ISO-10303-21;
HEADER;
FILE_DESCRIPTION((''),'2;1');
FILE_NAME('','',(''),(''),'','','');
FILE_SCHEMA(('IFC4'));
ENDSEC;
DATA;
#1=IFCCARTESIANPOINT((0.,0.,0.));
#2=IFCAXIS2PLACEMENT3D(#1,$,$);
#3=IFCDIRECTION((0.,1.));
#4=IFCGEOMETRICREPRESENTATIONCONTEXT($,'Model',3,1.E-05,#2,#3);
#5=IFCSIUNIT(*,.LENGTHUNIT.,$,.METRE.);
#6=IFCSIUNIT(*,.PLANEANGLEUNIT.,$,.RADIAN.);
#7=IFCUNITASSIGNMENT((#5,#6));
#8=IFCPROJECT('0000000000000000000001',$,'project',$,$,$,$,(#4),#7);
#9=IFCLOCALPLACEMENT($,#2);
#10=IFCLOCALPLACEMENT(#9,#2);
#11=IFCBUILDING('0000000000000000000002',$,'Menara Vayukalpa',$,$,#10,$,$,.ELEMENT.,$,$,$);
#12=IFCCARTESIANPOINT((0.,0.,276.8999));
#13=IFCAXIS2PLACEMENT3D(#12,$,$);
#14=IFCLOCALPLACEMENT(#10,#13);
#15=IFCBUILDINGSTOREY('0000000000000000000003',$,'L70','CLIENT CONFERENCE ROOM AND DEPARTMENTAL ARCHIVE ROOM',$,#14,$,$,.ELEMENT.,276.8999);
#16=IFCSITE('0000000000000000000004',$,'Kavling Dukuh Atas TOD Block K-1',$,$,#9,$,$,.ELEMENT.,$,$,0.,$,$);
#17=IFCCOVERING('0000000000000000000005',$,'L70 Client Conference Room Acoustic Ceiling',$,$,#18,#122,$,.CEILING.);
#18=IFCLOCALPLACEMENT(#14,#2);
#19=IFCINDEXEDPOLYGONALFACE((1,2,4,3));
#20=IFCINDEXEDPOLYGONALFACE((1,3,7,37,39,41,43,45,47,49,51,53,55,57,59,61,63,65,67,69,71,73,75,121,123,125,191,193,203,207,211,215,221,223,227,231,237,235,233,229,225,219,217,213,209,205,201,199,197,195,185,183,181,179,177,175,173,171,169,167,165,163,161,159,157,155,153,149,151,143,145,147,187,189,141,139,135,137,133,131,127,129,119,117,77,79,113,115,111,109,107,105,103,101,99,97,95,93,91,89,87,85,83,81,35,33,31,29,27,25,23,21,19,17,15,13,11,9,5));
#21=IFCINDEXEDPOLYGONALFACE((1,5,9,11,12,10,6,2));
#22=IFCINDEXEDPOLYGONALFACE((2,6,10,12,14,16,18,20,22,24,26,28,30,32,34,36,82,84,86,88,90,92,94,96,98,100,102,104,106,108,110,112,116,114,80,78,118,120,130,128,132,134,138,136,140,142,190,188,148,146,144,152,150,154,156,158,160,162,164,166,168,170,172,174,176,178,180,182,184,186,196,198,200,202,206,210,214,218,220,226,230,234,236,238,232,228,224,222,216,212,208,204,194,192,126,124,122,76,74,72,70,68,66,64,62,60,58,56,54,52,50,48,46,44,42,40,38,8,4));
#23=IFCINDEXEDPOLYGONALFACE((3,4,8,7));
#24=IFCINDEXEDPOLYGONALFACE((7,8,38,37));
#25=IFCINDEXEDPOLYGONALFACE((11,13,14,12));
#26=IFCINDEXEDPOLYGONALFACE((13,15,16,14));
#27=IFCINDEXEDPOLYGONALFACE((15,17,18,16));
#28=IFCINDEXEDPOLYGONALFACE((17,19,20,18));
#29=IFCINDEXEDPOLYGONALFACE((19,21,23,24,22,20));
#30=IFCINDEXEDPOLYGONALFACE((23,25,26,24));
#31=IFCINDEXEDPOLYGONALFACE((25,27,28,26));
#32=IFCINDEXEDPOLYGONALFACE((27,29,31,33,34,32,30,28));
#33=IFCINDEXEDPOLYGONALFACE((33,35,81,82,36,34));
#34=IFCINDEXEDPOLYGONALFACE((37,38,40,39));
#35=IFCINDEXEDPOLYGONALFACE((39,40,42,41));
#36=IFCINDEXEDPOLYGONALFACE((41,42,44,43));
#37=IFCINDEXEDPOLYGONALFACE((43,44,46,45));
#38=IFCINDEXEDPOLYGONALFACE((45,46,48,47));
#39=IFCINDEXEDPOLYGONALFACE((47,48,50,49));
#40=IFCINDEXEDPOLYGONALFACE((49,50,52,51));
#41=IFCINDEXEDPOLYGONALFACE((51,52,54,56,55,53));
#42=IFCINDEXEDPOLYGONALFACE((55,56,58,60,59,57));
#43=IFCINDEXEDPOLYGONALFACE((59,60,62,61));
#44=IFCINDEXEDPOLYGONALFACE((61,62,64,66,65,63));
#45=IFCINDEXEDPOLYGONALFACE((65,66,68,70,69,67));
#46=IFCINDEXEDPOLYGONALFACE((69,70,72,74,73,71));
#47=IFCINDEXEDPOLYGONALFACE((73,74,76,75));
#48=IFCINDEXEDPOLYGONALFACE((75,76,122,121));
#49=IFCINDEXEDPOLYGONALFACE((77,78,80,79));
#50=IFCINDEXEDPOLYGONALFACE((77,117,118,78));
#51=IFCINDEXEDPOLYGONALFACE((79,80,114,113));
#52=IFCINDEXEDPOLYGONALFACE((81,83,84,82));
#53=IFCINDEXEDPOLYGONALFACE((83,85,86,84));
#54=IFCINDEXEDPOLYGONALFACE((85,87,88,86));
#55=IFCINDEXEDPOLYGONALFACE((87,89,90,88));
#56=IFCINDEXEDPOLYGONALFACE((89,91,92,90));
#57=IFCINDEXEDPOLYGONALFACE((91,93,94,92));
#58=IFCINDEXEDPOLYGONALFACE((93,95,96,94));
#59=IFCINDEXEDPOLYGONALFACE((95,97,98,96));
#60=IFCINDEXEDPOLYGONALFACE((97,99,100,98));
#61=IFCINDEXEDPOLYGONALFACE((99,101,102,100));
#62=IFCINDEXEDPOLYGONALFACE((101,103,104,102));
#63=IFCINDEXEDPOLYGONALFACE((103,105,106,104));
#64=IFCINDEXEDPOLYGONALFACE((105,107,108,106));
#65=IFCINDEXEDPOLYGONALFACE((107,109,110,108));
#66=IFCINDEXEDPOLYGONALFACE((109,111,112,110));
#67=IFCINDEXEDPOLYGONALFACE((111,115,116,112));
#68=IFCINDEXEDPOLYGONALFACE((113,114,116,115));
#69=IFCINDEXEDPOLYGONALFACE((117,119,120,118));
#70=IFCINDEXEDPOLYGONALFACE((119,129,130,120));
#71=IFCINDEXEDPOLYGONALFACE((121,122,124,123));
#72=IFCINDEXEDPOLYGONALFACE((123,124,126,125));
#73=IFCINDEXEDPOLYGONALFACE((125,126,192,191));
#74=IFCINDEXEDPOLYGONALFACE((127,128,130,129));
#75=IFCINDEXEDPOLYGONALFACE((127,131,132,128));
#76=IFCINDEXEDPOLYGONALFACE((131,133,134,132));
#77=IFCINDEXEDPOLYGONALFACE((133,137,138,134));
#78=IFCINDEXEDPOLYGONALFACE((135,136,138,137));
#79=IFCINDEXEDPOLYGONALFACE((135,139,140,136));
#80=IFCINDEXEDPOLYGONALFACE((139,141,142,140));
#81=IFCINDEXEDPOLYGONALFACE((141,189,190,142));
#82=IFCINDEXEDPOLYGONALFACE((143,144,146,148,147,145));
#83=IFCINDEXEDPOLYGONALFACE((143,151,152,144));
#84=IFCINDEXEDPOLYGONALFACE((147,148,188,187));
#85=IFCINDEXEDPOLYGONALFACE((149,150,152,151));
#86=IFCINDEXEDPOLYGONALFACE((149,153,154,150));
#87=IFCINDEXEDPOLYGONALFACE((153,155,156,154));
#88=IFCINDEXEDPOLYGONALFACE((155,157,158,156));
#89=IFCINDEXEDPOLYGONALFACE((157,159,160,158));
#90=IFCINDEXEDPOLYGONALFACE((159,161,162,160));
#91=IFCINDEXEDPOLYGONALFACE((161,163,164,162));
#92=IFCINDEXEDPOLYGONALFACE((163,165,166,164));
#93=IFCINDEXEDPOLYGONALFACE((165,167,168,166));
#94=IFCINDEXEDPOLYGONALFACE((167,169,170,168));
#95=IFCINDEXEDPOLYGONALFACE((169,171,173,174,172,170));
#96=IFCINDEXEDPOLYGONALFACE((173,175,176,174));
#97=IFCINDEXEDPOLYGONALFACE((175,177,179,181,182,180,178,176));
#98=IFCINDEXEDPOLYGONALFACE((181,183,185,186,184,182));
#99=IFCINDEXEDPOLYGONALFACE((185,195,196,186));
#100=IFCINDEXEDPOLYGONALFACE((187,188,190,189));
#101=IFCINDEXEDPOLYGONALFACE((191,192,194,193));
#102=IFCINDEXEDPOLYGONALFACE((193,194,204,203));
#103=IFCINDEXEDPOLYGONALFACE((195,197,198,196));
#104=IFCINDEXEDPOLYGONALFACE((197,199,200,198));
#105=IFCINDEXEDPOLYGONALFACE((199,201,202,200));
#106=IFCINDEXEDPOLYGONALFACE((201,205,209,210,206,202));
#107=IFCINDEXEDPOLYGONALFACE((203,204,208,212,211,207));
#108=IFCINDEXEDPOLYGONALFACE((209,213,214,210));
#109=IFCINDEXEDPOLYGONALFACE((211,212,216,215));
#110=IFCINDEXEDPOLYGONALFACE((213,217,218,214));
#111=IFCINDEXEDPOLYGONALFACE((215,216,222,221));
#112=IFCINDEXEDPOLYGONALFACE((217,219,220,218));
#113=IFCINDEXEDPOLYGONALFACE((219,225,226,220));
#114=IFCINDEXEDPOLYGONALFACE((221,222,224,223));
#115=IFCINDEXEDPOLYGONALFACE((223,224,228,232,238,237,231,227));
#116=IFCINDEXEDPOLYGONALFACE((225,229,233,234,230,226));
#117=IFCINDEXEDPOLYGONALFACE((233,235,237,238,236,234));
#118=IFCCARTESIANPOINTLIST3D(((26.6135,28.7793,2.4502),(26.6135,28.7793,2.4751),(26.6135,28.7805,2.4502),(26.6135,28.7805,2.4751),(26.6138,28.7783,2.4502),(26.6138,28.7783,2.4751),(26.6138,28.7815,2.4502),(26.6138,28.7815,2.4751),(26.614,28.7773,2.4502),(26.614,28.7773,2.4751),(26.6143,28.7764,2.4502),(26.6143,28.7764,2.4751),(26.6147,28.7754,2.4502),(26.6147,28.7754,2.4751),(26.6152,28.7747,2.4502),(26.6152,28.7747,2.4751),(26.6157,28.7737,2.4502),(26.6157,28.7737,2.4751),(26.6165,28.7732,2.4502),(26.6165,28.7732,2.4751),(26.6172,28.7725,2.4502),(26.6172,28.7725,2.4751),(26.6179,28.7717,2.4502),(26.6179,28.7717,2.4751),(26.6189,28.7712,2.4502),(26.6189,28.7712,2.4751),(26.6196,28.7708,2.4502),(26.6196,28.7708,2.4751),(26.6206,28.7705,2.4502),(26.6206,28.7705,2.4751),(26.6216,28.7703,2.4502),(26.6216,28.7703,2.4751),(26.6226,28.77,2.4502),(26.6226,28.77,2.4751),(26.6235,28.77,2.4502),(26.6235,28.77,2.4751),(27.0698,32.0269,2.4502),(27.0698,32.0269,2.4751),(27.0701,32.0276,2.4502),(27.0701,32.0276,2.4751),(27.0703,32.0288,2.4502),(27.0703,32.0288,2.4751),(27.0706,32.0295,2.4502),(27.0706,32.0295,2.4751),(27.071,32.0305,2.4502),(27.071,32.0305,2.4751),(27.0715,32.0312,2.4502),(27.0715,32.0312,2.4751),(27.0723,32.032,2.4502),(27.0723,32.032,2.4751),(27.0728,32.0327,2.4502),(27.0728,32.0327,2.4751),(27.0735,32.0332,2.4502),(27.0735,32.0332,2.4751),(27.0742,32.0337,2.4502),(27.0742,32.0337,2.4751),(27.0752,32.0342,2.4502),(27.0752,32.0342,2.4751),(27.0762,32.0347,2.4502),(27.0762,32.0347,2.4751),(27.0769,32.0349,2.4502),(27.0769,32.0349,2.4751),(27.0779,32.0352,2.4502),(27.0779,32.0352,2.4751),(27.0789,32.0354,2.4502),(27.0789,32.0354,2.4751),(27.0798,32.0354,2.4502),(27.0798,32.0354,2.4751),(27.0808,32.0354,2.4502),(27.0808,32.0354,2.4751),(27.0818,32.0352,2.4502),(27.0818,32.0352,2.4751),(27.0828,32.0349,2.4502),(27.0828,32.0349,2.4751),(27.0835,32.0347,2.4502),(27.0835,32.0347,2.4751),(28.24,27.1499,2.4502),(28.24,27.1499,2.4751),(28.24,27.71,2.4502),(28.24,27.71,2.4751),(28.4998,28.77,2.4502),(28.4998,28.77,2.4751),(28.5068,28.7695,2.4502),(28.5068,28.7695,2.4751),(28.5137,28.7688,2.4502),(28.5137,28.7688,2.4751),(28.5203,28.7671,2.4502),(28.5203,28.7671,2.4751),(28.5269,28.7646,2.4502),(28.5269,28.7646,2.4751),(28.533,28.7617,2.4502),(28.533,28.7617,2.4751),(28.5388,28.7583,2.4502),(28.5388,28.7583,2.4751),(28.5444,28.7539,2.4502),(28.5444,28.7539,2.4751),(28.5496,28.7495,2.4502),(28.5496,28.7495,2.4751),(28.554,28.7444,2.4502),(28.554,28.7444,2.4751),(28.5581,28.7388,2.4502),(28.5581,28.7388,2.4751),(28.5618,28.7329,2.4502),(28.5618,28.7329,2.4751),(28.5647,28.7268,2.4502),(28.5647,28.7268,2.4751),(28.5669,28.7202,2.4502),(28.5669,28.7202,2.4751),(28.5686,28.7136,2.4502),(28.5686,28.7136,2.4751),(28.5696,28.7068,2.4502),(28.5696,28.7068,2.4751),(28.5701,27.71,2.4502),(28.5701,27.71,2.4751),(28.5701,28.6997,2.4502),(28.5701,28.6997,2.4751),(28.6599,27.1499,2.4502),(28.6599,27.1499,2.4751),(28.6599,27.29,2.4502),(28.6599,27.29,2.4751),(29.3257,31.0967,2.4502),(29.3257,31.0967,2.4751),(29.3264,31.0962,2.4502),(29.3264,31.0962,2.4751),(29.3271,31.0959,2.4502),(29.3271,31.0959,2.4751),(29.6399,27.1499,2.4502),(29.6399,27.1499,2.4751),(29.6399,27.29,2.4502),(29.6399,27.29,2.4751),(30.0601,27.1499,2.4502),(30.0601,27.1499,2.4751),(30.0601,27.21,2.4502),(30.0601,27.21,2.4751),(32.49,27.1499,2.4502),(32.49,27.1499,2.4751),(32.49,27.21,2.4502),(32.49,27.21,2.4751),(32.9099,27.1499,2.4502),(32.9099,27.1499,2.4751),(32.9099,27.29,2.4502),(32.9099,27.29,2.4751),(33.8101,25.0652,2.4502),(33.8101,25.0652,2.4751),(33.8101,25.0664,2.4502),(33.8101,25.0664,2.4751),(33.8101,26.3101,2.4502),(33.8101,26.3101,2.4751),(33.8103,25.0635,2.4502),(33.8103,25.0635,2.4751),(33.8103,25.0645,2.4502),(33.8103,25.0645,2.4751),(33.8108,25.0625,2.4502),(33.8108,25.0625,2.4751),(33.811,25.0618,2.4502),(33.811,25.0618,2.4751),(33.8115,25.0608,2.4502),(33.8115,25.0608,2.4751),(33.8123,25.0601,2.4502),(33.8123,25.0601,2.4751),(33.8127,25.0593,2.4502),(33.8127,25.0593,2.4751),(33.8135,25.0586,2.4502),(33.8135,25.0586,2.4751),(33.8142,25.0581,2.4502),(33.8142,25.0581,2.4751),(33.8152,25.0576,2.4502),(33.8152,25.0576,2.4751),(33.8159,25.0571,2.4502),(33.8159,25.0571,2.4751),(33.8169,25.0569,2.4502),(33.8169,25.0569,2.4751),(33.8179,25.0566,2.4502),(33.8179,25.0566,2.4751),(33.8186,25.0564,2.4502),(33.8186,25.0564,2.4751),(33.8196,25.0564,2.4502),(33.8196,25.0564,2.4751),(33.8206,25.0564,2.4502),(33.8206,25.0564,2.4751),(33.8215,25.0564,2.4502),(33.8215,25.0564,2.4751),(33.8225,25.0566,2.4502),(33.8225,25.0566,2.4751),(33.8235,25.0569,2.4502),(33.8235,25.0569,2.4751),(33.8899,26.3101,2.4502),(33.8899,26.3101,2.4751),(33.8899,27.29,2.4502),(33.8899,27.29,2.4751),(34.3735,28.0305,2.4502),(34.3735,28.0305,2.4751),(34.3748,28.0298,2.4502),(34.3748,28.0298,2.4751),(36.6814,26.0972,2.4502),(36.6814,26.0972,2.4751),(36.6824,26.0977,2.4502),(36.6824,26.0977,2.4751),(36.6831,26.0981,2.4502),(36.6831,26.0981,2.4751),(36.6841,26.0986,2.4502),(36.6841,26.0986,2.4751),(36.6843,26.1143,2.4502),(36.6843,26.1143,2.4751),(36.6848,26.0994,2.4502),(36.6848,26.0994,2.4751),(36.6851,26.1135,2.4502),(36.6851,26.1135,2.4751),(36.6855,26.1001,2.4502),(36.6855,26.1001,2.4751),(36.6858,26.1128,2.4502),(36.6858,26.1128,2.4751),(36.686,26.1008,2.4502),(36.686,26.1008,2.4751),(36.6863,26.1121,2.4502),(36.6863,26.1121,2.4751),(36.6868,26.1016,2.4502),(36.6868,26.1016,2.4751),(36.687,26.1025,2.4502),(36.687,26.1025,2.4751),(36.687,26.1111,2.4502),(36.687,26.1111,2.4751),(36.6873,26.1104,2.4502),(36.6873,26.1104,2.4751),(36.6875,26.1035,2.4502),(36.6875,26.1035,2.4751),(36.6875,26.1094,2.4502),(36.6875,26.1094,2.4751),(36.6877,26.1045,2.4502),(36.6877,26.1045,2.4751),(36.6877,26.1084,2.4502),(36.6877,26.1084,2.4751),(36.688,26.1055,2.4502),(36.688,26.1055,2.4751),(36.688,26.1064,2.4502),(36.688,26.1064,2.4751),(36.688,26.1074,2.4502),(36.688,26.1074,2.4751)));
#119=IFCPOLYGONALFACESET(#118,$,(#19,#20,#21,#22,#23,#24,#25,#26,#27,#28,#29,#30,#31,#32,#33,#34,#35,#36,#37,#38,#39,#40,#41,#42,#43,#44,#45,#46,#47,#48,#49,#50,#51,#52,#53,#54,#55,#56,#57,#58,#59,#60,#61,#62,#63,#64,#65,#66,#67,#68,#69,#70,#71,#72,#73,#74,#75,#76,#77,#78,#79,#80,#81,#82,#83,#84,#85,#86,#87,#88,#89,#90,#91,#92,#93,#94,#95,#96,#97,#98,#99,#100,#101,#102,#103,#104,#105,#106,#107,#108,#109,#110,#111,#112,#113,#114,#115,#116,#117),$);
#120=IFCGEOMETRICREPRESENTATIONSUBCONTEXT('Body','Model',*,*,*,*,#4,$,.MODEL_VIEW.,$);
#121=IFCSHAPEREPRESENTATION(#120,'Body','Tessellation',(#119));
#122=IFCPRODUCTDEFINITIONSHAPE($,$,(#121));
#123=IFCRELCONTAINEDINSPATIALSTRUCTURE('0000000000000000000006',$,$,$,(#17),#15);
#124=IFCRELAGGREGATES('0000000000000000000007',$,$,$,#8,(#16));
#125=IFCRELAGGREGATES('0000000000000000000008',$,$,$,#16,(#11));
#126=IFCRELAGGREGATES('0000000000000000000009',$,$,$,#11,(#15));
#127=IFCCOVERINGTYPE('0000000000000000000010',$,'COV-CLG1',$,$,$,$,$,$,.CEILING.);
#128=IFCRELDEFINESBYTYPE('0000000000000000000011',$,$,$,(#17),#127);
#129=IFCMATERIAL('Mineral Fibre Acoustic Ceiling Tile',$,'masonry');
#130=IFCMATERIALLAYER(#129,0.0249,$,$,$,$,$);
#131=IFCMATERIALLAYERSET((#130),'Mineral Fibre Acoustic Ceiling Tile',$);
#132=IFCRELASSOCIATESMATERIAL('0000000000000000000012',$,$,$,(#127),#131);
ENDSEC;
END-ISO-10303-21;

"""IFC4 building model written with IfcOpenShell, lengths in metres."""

from ifc_helpers import new_model, si_unit, direction, frame, origin, place, context, subcontext, project, spatial, polyline, outline, extrude, material, layer, layer_set, type_object, element, save


model = new_model("IFC4")

# Units and contexts
model_context = context("Model", 3, precision=1e-05, world=origin(), true_north=direction((0.0, 1.0)))
body_context = subcontext(model_context, "Body", "Model", "MODEL_VIEW")
ifc_project = project(units=[si_unit("LENGTHUNIT", "METRE"), si_unit("PLANEANGLEUNIT", "RADIAN")], contexts=[model_context])

# Site, building, storey
site_placement = place(None, origin())
site = spatial("IfcSite", under=ifc_project, at=site_placement, Name="Kavling Dukuh Atas TOD Block K-1", CompositionType="ELEMENT", RefElevation=0.0)
building_placement = place(site_placement, origin())
building = spatial("IfcBuilding", under=site, at=building_placement, Name="Menara Vayukalpa", CompositionType="ELEMENT")
storey_placement = place(building_placement, frame((0.0, 0.0, 276.8999)))
storey = spatial("IfcBuildingStorey", under=building, at=storey_placement, Name="L70", Description="CLIENT CONFERENCE ROOM AND DEPARTMENTAL ARCHIVE ROOM", CompositionType="ELEMENT", Elevation=276.8999)

# Covering
ifc_material_1 = material(Name="Mineral Fibre Acoustic Ceiling Tile", Category="masonry")
ifc_layer_1 = layer(ifc_material_1, 0.0249)
ifc_layer_set_1 = layer_set([ifc_layer_1], Name="Mineral Fibre Acoustic Ceiling Tile")
covering_type_1 = type_object("IfcCoveringType", Name="COV-CLG1", PredefinedType="CEILING", material=ifc_layer_set_1)
covering_1_placement = place(storey_placement, frame((0.0, 0.0, 2.4502)))
element("IfcCovering", 1, at=covering_1_placement, inside=storey, type_object=covering_type_1, Name="L70 Client Conference Room Acoustic Ceiling", PredefinedType="CEILING", context=body_context, shape_type="SweptSolid", body=[
    extrude(outline(polyline([(28.5701, 28.6997), (28.5696, 28.7068), (28.5686, 28.7136), (28.5669, 28.7202), (28.5647, 28.7268), (28.5618, 28.7329), (28.5581, 28.7388), (28.554, 28.7444), (28.5496, 28.7495), (28.5444, 28.7539), (28.5388, 28.7583), (28.533, 28.7617), (28.5269, 28.7646), (28.5203, 28.7671), (28.5137, 28.7688), (28.5068, 28.7695), (28.4998, 28.77), (26.6235, 28.77), (26.6226, 28.77), (26.6216, 28.7703), (26.6206, 28.7705), (26.6196, 28.7708), (26.6189, 28.7712), (26.6179, 28.7717), (26.6172, 28.7725), (26.6165, 28.7732), (26.6157, 28.7737), (26.6152, 28.7747), (26.6147, 28.7754), (26.6143, 28.7764), (26.614, 28.7773), (26.6138, 28.7783), (26.6135, 28.7793), (26.6135, 28.7805), (26.6138, 28.7815), (27.0698, 32.0269), (27.0701, 32.0276), (27.0703, 32.0288), (27.0706, 32.0295), (27.071, 32.0305), (27.0715, 32.0312), (27.0723, 32.032), (27.0728, 32.0327), (27.0735, 32.0332), (27.0742, 32.0337), (27.0752, 32.0342), (27.0762, 32.0347), (27.0769, 32.0349), (27.0779, 32.0352), (27.0789, 32.0354), (27.0798, 32.0354), (27.0808, 32.0354), (27.0818, 32.0352), (27.0828, 32.0349), (27.0835, 32.0347), (29.3257, 31.0967), (29.3264, 31.0962), (29.3271, 31.0959), (34.3735, 28.0305), (34.3748, 28.0298), (36.6843, 26.1143), (36.6851, 26.1135), (36.6858, 26.1128), (36.6863, 26.1121), (36.687, 26.1111), (36.6873, 26.1104), (36.6875, 26.1094), (36.6877, 26.1084), (36.688, 26.1074), (36.688, 26.1064), (36.688, 26.1055), (36.6877, 26.1045), (36.6875, 26.1035), (36.687, 26.1025), (36.6868, 26.1016), (36.686, 26.1008), (36.6855, 26.1001), (36.6848, 26.0994), (36.6841, 26.0986), (36.6831, 26.0981), (36.6824, 26.0977), (36.6814, 26.0972), (33.8235, 25.0569), (33.8225, 25.0566), (33.8215, 25.0564), (33.8206, 25.0564), (33.8196, 25.0564), (33.8186, 25.0564), (33.8179, 25.0566), (33.8169, 25.0569), (33.8159, 25.0571), (33.8152, 25.0576), (33.8142, 25.0581), (33.8135, 25.0586), (33.8127, 25.0593), (33.8123, 25.0601), (33.8115, 25.0608), (33.811, 25.0618), (33.8108, 25.0625), (33.8103, 25.0635), (33.8103, 25.0645), (33.8101, 25.0652), (33.8101, 25.0664), (33.8101, 26.3101), (33.8899, 26.3101), (33.8899, 27.29), (32.9099, 27.29), (32.9099, 27.1499), (32.49, 27.1499), (32.49, 27.21), (30.0601, 27.21), (30.0601, 27.1499), (29.6399, 27.1499), (29.6399, 27.29), (28.6599, 27.29), (28.6599, 27.1499), (28.24, 27.1499), (28.24, 27.71), (28.5701, 27.71), (28.5701, 28.6997)])), origin(), (0.0, 0.0, 1.0), 0.0249),
])

save(model, "model.ifc")
